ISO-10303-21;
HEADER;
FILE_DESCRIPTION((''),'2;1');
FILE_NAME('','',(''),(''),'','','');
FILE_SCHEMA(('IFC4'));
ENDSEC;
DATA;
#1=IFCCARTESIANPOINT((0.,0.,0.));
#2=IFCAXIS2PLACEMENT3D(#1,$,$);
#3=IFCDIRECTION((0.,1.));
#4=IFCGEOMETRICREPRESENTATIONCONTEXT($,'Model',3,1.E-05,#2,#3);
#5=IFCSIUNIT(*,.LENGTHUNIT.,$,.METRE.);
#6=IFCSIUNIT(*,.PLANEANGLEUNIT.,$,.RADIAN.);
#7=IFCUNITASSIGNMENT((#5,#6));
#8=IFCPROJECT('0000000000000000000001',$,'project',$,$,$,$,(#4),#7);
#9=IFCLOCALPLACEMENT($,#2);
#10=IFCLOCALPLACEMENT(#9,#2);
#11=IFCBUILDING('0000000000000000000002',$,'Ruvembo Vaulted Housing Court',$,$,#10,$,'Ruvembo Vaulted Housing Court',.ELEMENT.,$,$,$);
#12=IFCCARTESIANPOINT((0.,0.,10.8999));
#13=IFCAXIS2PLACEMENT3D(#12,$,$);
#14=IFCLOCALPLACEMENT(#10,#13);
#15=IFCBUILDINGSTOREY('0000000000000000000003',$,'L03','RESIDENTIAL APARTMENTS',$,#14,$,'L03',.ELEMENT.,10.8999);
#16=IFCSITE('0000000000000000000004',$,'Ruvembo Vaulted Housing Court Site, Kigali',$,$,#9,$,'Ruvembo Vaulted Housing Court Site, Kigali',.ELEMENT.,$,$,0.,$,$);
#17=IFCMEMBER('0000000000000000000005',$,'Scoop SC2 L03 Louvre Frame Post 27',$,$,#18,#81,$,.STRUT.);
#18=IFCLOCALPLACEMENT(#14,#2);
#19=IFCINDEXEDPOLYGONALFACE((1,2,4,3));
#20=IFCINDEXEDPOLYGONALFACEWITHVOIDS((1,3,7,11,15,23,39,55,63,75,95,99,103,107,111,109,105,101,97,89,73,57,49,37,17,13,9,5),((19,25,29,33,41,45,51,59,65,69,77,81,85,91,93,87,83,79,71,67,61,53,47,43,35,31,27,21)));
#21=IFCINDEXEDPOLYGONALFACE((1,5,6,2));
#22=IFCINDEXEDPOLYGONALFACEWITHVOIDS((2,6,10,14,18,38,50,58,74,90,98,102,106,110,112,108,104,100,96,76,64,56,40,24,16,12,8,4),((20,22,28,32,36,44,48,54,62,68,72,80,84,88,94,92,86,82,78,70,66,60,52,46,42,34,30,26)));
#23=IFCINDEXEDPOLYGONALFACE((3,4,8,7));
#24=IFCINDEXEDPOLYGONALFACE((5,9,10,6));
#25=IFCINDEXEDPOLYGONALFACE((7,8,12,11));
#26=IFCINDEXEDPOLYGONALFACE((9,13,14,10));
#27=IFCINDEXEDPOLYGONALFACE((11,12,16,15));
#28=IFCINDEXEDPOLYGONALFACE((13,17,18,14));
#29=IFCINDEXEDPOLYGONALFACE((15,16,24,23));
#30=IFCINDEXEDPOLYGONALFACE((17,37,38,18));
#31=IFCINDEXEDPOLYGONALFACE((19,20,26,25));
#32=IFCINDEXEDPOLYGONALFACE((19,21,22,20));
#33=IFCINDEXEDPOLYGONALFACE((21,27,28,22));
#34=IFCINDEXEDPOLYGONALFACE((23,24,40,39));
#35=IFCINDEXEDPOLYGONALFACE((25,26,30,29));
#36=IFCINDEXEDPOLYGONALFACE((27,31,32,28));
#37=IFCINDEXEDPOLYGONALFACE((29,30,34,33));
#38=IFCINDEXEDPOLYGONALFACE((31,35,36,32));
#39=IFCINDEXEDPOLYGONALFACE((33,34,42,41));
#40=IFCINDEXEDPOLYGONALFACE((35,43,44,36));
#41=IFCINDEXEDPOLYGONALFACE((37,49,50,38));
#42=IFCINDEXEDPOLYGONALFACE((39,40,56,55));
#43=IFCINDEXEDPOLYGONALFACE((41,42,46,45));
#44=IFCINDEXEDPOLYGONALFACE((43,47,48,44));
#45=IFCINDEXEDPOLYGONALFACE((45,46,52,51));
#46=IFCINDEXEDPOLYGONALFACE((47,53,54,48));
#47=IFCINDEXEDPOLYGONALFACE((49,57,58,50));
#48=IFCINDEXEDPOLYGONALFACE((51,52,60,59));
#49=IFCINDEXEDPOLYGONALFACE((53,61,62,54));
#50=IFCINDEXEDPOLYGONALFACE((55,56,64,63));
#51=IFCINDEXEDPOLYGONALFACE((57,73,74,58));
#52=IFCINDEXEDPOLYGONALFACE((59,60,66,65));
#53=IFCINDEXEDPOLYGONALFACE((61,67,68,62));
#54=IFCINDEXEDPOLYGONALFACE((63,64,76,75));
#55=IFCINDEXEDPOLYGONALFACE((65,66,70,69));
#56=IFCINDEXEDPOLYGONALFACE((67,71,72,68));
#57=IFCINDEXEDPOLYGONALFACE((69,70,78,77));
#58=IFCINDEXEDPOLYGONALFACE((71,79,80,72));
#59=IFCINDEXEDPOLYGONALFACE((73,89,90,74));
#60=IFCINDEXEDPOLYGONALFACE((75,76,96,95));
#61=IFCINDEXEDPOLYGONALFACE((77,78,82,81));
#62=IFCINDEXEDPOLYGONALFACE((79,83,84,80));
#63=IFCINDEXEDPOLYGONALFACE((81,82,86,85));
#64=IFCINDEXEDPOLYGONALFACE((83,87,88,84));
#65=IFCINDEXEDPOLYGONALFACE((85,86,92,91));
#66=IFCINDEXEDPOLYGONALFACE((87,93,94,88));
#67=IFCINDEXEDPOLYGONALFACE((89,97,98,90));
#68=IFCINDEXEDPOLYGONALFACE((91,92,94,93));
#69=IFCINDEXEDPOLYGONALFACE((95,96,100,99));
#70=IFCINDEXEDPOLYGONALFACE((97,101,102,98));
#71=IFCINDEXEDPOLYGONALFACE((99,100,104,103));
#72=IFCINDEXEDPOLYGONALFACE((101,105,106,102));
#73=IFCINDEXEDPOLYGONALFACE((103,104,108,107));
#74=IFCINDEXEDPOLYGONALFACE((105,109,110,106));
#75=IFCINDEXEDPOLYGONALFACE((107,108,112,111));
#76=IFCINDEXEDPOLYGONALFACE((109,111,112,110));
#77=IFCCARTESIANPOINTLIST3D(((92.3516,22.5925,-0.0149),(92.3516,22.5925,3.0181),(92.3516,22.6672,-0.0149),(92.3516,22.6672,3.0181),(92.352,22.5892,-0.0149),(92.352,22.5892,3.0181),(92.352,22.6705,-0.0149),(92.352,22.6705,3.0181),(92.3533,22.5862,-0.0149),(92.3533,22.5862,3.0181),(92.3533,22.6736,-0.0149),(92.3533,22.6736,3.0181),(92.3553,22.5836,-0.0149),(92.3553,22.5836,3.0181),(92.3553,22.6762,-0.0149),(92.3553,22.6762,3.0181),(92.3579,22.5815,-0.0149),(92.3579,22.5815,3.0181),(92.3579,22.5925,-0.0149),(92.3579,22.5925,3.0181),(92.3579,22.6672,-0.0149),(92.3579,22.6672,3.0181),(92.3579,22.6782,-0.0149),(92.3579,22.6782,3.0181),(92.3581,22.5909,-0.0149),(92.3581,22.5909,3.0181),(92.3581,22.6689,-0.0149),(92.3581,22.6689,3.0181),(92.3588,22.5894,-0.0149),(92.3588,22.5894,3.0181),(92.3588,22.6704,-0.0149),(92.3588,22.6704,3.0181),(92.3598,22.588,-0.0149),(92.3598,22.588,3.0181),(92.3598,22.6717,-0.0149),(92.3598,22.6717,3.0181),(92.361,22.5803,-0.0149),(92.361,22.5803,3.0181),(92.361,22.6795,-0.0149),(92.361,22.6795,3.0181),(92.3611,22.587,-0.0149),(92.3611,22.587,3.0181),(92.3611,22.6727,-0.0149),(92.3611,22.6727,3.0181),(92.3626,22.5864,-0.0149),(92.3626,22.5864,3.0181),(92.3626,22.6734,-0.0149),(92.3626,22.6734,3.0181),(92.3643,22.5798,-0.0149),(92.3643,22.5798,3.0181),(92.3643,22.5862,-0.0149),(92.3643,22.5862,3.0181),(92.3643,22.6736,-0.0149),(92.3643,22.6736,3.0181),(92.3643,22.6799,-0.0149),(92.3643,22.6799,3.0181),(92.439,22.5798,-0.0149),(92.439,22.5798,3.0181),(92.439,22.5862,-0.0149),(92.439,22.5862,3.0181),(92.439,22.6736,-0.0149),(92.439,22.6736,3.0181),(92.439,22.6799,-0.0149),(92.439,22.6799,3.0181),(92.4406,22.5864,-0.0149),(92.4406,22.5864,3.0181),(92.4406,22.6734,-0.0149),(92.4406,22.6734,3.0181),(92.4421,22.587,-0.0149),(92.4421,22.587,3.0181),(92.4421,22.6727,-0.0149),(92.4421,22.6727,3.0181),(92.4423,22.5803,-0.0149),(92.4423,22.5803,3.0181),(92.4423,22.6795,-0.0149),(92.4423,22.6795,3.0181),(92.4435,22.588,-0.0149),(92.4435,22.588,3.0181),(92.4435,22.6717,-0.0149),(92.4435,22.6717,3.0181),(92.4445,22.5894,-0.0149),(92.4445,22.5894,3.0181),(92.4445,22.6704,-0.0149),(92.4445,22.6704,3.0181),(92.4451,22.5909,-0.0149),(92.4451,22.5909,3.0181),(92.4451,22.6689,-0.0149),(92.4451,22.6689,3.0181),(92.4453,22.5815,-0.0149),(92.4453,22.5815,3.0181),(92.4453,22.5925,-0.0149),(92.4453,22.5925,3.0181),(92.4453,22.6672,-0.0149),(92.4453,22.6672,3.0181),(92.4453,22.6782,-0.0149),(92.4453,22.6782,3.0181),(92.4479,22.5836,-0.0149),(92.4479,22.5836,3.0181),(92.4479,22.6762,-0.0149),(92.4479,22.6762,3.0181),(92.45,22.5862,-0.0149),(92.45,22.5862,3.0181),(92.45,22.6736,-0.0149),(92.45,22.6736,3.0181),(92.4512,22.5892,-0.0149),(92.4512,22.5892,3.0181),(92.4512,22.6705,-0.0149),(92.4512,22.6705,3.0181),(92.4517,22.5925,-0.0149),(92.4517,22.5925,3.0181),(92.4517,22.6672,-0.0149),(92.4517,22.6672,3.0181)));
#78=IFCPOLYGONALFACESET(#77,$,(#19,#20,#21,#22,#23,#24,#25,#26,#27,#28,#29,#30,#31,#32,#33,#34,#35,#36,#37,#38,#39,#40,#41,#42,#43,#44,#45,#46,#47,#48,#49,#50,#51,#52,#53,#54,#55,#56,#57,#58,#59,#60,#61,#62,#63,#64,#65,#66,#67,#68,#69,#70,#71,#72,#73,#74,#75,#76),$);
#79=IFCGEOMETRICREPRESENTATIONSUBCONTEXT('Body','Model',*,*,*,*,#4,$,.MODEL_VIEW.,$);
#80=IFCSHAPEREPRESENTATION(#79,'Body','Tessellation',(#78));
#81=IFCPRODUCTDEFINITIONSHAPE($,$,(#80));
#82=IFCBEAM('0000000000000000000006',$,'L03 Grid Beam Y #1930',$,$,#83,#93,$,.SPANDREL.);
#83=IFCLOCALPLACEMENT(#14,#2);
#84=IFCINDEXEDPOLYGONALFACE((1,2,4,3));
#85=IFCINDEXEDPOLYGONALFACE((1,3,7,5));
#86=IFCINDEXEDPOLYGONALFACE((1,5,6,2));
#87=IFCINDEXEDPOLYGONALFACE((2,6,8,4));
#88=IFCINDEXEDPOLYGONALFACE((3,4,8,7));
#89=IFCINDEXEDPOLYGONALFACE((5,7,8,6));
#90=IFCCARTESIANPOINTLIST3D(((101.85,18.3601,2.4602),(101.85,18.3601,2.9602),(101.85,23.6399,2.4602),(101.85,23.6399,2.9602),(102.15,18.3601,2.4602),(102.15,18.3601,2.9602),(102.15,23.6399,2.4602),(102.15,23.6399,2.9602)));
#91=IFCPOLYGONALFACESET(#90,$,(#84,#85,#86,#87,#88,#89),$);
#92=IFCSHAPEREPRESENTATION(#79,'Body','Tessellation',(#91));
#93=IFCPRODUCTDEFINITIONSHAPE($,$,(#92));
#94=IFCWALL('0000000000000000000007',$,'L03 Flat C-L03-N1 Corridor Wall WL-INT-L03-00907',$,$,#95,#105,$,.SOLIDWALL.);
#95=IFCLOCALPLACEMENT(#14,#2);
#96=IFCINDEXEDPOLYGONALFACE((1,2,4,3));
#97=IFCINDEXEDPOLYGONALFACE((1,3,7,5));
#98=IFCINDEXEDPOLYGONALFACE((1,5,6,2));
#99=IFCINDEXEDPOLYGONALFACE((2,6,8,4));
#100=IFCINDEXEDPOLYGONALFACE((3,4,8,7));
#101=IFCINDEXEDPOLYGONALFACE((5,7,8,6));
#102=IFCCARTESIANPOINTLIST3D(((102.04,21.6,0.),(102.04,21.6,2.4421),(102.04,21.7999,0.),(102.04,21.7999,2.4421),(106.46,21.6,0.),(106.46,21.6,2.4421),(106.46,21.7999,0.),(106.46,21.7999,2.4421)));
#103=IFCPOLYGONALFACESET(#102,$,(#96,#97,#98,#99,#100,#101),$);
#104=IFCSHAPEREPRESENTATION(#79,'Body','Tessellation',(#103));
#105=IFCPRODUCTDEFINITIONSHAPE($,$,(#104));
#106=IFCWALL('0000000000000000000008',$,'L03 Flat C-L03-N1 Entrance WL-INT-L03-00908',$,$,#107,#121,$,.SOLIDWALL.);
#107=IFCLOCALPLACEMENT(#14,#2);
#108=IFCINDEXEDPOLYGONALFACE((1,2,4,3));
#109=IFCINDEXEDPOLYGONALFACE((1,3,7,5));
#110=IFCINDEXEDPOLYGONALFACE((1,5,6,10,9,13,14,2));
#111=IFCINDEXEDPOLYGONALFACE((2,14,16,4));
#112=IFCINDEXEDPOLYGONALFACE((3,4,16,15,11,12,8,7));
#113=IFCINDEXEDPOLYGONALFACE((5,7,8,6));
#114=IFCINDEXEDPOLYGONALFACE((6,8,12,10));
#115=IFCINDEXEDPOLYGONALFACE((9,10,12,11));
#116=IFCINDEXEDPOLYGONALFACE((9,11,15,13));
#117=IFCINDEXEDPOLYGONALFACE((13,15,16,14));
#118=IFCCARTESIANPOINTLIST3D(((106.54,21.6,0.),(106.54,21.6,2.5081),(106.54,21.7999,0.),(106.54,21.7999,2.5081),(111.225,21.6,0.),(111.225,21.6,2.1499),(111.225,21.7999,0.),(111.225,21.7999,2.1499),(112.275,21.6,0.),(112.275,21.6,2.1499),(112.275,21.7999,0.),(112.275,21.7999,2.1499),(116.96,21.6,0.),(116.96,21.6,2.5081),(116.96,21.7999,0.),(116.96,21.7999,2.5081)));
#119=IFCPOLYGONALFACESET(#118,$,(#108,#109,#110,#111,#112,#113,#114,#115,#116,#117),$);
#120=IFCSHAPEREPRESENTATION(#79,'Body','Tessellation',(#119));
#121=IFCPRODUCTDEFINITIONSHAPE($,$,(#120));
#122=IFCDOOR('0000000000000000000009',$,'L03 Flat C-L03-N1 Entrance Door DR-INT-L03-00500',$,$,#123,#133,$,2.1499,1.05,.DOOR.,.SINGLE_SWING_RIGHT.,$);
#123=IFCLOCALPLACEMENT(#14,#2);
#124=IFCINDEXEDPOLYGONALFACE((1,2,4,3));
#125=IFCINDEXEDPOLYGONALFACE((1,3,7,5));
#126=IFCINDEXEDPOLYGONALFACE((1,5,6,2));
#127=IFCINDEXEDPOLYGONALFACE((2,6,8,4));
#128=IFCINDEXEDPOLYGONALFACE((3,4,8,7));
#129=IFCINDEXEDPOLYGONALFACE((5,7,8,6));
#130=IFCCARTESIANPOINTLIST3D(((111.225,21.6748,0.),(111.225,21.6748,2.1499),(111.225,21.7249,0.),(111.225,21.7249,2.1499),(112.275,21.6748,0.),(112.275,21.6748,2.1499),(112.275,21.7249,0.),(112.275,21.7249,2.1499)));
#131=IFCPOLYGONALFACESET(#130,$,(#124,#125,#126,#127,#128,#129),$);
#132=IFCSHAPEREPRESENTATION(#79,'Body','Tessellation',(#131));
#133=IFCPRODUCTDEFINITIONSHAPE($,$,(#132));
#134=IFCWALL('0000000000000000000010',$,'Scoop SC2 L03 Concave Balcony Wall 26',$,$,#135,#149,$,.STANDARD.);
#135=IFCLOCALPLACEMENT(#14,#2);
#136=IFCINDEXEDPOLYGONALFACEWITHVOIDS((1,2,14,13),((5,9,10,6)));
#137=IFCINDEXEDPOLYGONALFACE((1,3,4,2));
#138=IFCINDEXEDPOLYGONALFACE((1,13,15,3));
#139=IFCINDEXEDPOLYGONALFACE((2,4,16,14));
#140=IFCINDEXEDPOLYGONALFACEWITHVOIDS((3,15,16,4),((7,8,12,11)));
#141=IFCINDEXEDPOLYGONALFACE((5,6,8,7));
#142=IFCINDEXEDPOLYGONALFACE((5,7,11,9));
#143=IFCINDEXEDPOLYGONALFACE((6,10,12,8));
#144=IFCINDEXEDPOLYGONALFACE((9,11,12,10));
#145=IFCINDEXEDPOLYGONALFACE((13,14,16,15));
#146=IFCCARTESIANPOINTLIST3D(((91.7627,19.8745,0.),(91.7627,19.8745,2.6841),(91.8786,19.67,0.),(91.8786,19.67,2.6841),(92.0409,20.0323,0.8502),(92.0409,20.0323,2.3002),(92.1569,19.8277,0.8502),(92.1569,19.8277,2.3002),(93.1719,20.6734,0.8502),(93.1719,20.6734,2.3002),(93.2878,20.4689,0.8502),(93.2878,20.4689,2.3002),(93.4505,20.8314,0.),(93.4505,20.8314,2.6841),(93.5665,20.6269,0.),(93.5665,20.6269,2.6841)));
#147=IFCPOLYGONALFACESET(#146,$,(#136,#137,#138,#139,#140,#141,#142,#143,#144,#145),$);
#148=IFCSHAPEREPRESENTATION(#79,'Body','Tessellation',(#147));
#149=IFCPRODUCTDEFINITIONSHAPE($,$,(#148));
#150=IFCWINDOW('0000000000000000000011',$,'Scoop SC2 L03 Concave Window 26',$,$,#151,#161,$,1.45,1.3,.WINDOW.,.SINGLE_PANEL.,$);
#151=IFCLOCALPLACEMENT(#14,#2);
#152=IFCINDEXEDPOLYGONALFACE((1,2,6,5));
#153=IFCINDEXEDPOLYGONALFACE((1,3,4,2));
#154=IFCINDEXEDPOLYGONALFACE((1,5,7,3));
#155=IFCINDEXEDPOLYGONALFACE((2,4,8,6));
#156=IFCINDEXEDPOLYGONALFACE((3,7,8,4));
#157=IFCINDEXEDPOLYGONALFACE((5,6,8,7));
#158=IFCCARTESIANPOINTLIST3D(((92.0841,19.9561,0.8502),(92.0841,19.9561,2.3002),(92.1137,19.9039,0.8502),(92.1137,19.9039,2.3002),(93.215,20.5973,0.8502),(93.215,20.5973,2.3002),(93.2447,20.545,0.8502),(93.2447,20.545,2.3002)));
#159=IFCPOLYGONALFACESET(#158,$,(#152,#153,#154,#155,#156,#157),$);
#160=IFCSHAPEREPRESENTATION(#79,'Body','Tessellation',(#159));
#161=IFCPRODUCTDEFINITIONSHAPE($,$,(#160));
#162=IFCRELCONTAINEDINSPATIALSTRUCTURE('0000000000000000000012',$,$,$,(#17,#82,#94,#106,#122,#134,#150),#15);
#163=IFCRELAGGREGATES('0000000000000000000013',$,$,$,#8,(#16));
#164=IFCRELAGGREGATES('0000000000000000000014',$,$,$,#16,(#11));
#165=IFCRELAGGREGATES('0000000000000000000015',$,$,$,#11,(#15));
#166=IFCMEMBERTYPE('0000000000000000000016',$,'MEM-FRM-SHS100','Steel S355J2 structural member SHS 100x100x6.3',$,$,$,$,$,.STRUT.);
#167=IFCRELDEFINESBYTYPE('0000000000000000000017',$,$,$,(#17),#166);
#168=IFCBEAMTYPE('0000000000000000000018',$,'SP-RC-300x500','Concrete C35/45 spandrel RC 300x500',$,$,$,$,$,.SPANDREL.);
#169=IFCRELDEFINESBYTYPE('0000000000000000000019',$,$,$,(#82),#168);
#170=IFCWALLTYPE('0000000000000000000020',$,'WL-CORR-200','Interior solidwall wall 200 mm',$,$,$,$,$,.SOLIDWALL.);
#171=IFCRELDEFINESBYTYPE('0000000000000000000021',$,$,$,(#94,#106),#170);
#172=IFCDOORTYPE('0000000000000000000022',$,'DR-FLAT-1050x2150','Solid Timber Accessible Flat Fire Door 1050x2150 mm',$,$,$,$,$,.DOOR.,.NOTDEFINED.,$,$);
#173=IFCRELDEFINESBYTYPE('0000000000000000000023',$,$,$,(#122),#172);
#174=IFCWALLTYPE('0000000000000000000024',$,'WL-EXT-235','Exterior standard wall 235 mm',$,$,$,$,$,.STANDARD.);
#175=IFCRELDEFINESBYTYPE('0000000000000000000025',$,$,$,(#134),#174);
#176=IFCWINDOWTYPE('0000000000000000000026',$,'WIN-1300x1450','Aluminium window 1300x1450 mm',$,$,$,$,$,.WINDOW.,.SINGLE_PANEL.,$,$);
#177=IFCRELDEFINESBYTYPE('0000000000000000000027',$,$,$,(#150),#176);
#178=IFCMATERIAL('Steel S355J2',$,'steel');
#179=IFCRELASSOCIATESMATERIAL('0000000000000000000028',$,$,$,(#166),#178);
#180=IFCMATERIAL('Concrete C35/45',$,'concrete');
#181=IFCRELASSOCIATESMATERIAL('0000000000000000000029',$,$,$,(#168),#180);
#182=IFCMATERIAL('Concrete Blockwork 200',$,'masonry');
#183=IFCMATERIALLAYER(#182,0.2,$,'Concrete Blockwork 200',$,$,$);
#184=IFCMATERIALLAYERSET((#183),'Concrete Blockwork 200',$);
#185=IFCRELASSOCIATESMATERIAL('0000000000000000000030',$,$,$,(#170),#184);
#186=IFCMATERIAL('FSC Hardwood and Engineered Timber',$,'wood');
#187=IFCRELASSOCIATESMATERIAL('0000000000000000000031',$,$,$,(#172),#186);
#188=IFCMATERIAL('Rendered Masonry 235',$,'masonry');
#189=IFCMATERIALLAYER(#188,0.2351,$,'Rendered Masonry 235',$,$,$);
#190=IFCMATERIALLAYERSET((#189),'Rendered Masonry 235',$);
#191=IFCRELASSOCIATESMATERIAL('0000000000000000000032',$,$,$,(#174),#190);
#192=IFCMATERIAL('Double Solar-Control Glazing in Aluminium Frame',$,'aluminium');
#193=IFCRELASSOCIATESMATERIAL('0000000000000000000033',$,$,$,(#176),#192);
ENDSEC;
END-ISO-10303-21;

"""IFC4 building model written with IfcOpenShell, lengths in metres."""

from ifc_helpers import new_model, si_unit, direction, frame, frame_2d, origin, origin_2d, place, context, subcontext, project, spatial, rectangle, hollow_rectangle, extrude, material, layer, layer_set, material_profile, profile_set, type_object, element, fill, save


model = new_model("IFC4")

# Units and contexts
model_context = context("Model", 3, precision=1e-05, world=origin(), true_north=direction((0.0, 1.0)))
body_context = subcontext(model_context, "Body", "Model", "MODEL_VIEW")
ifc_project = project(units=[si_unit("LENGTHUNIT", "METRE"), si_unit("PLANEANGLEUNIT", "RADIAN")], contexts=[model_context])

# Site, building, storey
site_placement = place(None, origin())
site = spatial("IfcSite", under=ifc_project, at=site_placement, Name="Ruvembo Vaulted Housing Court Site, Kigali", LongName="Ruvembo Vaulted Housing Court Site, Kigali", CompositionType="ELEMENT", RefElevation=0.0)
building_placement = place(site_placement, origin())
building = spatial("IfcBuilding", under=site, at=building_placement, Name="Ruvembo Vaulted Housing Court", LongName="Ruvembo Vaulted Housing Court", CompositionType="ELEMENT")
storey_placement = place(building_placement, frame((0.0, 0.0, 10.8999)))
storey = spatial("IfcBuildingStorey", under=building, at=storey_placement, Name="L03", Description="RESIDENTIAL APARTMENTS", LongName="L03", CompositionType="ELEMENT", Elevation=10.8999)

# Shared definitions
ifc_material_1 = material(Name="Steel S355J2", Category="steel")

# Member
ifc_material_profile_1 = material_profile(ifc_material_1, hollow_rectangle(XDim=0.1001, YDim=0.1001, WallThickness=0.0063, InnerFilletRadius=0.0063, OuterFilletRadius=0.0127, at=origin_2d()), Name="SHS 100x100x6.3")
ifc_profile_set_1 = profile_set([ifc_material_profile_1], Name="Steel S355J2")
member_type_1 = type_object("IfcMemberType", Name="MEM-FRM-SHS100", Description="Steel S355J2 structural member SHS 100x100x6.3", PredefinedType="STRUT", material=ifc_profile_set_1)
member_1_placement = place(storey_placement, frame((92.4016, 22.6299, -0.0149), z_axis=(0.0, 0.0, 1.0), x_axis=(1.0, 0.0, 0.0)))
element("IfcMember", 1, at=member_1_placement, inside=storey, type_object=member_type_1, Name="Scoop SC2 L03 Louvre Frame Post 27", PredefinedType="STRUT", context=body_context, shape_type="SweptSolid", body=[
    extrude(hollow_rectangle(XDim=0.1001, YDim=0.1001, WallThickness=0.0063, InnerFilletRadius=0.0063, OuterFilletRadius=0.0127, at=origin_2d()), origin(), (0.0, 0.0, 1.0), 3.033),
])

# Beam
ifc_material_2 = material(Name="Concrete C35/45", Category="concrete")
ifc_material_profile_2 = material_profile(ifc_material_2, rectangle(XDim=0.3, YDim=0.5, at=origin_2d()), Name="RC 300x500")
ifc_profile_set_2 = profile_set([ifc_material_profile_2], Name="Concrete C35/45")
beam_type_1 = type_object("IfcBeamType", Name="SP-RC-300x500", Description="Concrete C35/45 spandrel RC 300x500", PredefinedType="SPANDREL", material=ifc_profile_set_2)
beam_1_placement = place(storey_placement, frame((102.0, 18.3601, 2.7102), z_axis=(0.0, 1.0, 0.0), x_axis=(-1.0, 0.0, 0.0)))
element("IfcBeam", 2, at=beam_1_placement, inside=storey, type_object=beam_type_1, Name="L03 Grid Beam Y #1930", PredefinedType="SPANDREL", context=body_context, shape_type="SweptSolid", body=[
    extrude(rectangle(XDim=0.3, YDim=0.5, at=origin_2d()), origin(), (0.0, 0.0, 1.0), 5.2798),
])

# Wall
ifc_material_3 = material(Name="Concrete Blockwork 200", Category="masonry")
ifc_layer_1 = layer(ifc_material_3, 0.2, Name="Concrete Blockwork 200")
ifc_layer_set_1 = layer_set([ifc_layer_1], Name="Concrete Blockwork 200")
wall_type_1 = type_object("IfcWallType", Name="WL-CORR-200", Description="Interior solidwall wall 200 mm", PredefinedType="SOLIDWALL", material=ifc_layer_set_1)
wall_1_placement = place(storey_placement, frame((102.04, 21.7, 0.0), z_axis=(0.0, 0.0, 1.0), x_axis=(1.0, 0.0, 0.0)))
element("IfcWall", 3, at=wall_1_placement, inside=storey, type_object=wall_type_1, Name="L03 Flat C-L03-N1 Corridor Wall WL-INT-L03-00907", PredefinedType="SOLIDWALL", context=body_context, shape_type="SweptSolid", body=[
    extrude(rectangle(XDim=4.4199, YDim=0.2, at=frame_2d((2.21, 0.0))), origin(), (0.0, 0.0, 1.0), 2.4421),
])

# Wall, opening, door
wall_2_placement = place(storey_placement, frame((106.54, 21.7, 0.0), z_axis=(0.0, 0.0, 1.0), x_axis=(1.0, 0.0, 0.0)))
wall_2 = element("IfcWall", 4, at=wall_2_placement, inside=storey, type_object=wall_type_1, Name="L03 Flat C-L03-N1 Entrance WL-INT-L03-00908", PredefinedType="SOLIDWALL", context=body_context, shape_type="SweptSolid", body=[
    extrude(rectangle(XDim=10.4199, YDim=0.2, at=frame_2d((5.21, 0.0))), origin(), (0.0, 0.0, 1.0), 2.5081),
])
opening_1_placement = place(wall_2_placement, frame((4.6851, 0.0, 0.0)))
opening_1 = element("IfcOpeningElement", 5, at=opening_1_placement, cuts=wall_2, PredefinedType="OPENING", context=body_context, shape_type="SweptSolid", body=[
    extrude(rectangle(XDim=1.05, YDim=2.1499, at=frame_2d((0.5249, 1.075))), frame((0.0, 0.1099, 0.0), z_axis=(0.0, -1.0, 0.0), x_axis=(1.0, 0.0, 0.0)), (0.0, 0.0, 1.0), 0.22),
])
ifc_material_4 = material(Name="FSC Hardwood and Engineered Timber", Category="wood")
door_type_1 = type_object("IfcDoorType", Name="DR-FLAT-1050x2150", Description="Solid Timber Accessible Flat Fire Door 1050x2150 mm", OperationType="NOTDEFINED", PredefinedType="DOOR", material=ifc_material_4)
door_1_placement = place(opening_1_placement, origin())
door_1 = element("IfcDoor", 6, at=door_1_placement, inside=storey, type_object=door_type_1, Name="L03 Flat C-L03-N1 Entrance Door DR-INT-L03-00500", OperationType="SINGLE_SWING_RIGHT", OverallHeight=2.1499, OverallWidth=1.05, PredefinedType="DOOR", context=body_context, shape_type="SweptSolid", body=[
    extrude(rectangle(XDim=1.05, YDim=2.1499, at=frame_2d((0.5249, 1.075))), frame((0.0, 0.0249, 0.0), z_axis=(0.0, -1.0, 0.0), x_axis=(1.0, 0.0, 0.0)), (0.0, 0.0, 1.0), 0.05),
])
fill(opening_1, door_1)

# Wall, opening, window
ifc_material_5 = material(Name="Rendered Masonry 235", Category="masonry")
ifc_layer_2 = layer(ifc_material_5, 0.2351, Name="Rendered Masonry 235")
ifc_layer_set_2 = layer_set([ifc_layer_2], Name="Rendered Masonry 235")
wall_type_2 = type_object("IfcWallType", Name="WL-EXT-235", Description="Exterior standard wall 235 mm", PredefinedType="STANDARD", material=ifc_layer_set_2)
wall_3_placement = place(storey_placement, frame((91.8206, 19.7722, 0.0), z_axis=(0.0, 0.0, 1.0), x_axis=(0.869934, 0.493168, 0.0)))
wall_3 = element("IfcWall", 7, at=wall_3_placement, inside=storey, type_object=wall_type_2, Name="Scoop SC2 L03 Concave Balcony Wall 26", PredefinedType="STANDARD", context=body_context, shape_type="SweptSolid", body=[
    extrude(rectangle(XDim=1.9402, YDim=0.2351, at=frame_2d((0.9702, 0.0))), origin(), (0.0, 0.0, 1.0), 2.6841),
])
opening_2_placement = place(wall_3_placement, frame((0.3201, 0.0, 0.8501)))
opening_2 = element("IfcOpeningElement", 8, at=opening_2_placement, cuts=wall_3, PredefinedType="OPENING", context=body_context, shape_type="SweptSolid", body=[
    extrude(rectangle(XDim=1.3, YDim=1.45, at=frame_2d((0.6499, 0.7251))), frame((0.0, 0.1274, 0.0), z_axis=(0.0, -1.0, 0.0), x_axis=(1.0, 0.0, 0.0)), (0.0, 0.0, 1.0), 0.2551),
])
ifc_material_6 = material(Name="Double Solar-Control Glazing in Aluminium Frame", Category="aluminium")
window_type = type_object("IfcWindowType", Name="WIN-1300x1450", Description="Aluminium window 1300x1450 mm", PartitioningType="SINGLE_PANEL", PredefinedType="WINDOW", material=ifc_material_6)
window_placement = place(opening_2_placement, origin())
window = element("IfcWindow", 9, at=window_placement, inside=storey, type_object=window_type, Name="Scoop SC2 L03 Concave Window 26", OverallHeight=1.45, OverallWidth=1.3, PartitioningType="SINGLE_PANEL", PredefinedType="WINDOW", context=body_context, shape_type="SweptSolid", body=[
    extrude(rectangle(XDim=1.3, YDim=1.45, at=frame_2d((0.6499, 0.7251))), frame((0.0, 0.03, 0.0), z_axis=(0.0, -1.0, 0.0), x_axis=(1.0, 0.0, 0.0)), (0.0, 0.0, 1.0), 0.0601),
])
fill(opening_2, window)

save(model, "model.ifc")
